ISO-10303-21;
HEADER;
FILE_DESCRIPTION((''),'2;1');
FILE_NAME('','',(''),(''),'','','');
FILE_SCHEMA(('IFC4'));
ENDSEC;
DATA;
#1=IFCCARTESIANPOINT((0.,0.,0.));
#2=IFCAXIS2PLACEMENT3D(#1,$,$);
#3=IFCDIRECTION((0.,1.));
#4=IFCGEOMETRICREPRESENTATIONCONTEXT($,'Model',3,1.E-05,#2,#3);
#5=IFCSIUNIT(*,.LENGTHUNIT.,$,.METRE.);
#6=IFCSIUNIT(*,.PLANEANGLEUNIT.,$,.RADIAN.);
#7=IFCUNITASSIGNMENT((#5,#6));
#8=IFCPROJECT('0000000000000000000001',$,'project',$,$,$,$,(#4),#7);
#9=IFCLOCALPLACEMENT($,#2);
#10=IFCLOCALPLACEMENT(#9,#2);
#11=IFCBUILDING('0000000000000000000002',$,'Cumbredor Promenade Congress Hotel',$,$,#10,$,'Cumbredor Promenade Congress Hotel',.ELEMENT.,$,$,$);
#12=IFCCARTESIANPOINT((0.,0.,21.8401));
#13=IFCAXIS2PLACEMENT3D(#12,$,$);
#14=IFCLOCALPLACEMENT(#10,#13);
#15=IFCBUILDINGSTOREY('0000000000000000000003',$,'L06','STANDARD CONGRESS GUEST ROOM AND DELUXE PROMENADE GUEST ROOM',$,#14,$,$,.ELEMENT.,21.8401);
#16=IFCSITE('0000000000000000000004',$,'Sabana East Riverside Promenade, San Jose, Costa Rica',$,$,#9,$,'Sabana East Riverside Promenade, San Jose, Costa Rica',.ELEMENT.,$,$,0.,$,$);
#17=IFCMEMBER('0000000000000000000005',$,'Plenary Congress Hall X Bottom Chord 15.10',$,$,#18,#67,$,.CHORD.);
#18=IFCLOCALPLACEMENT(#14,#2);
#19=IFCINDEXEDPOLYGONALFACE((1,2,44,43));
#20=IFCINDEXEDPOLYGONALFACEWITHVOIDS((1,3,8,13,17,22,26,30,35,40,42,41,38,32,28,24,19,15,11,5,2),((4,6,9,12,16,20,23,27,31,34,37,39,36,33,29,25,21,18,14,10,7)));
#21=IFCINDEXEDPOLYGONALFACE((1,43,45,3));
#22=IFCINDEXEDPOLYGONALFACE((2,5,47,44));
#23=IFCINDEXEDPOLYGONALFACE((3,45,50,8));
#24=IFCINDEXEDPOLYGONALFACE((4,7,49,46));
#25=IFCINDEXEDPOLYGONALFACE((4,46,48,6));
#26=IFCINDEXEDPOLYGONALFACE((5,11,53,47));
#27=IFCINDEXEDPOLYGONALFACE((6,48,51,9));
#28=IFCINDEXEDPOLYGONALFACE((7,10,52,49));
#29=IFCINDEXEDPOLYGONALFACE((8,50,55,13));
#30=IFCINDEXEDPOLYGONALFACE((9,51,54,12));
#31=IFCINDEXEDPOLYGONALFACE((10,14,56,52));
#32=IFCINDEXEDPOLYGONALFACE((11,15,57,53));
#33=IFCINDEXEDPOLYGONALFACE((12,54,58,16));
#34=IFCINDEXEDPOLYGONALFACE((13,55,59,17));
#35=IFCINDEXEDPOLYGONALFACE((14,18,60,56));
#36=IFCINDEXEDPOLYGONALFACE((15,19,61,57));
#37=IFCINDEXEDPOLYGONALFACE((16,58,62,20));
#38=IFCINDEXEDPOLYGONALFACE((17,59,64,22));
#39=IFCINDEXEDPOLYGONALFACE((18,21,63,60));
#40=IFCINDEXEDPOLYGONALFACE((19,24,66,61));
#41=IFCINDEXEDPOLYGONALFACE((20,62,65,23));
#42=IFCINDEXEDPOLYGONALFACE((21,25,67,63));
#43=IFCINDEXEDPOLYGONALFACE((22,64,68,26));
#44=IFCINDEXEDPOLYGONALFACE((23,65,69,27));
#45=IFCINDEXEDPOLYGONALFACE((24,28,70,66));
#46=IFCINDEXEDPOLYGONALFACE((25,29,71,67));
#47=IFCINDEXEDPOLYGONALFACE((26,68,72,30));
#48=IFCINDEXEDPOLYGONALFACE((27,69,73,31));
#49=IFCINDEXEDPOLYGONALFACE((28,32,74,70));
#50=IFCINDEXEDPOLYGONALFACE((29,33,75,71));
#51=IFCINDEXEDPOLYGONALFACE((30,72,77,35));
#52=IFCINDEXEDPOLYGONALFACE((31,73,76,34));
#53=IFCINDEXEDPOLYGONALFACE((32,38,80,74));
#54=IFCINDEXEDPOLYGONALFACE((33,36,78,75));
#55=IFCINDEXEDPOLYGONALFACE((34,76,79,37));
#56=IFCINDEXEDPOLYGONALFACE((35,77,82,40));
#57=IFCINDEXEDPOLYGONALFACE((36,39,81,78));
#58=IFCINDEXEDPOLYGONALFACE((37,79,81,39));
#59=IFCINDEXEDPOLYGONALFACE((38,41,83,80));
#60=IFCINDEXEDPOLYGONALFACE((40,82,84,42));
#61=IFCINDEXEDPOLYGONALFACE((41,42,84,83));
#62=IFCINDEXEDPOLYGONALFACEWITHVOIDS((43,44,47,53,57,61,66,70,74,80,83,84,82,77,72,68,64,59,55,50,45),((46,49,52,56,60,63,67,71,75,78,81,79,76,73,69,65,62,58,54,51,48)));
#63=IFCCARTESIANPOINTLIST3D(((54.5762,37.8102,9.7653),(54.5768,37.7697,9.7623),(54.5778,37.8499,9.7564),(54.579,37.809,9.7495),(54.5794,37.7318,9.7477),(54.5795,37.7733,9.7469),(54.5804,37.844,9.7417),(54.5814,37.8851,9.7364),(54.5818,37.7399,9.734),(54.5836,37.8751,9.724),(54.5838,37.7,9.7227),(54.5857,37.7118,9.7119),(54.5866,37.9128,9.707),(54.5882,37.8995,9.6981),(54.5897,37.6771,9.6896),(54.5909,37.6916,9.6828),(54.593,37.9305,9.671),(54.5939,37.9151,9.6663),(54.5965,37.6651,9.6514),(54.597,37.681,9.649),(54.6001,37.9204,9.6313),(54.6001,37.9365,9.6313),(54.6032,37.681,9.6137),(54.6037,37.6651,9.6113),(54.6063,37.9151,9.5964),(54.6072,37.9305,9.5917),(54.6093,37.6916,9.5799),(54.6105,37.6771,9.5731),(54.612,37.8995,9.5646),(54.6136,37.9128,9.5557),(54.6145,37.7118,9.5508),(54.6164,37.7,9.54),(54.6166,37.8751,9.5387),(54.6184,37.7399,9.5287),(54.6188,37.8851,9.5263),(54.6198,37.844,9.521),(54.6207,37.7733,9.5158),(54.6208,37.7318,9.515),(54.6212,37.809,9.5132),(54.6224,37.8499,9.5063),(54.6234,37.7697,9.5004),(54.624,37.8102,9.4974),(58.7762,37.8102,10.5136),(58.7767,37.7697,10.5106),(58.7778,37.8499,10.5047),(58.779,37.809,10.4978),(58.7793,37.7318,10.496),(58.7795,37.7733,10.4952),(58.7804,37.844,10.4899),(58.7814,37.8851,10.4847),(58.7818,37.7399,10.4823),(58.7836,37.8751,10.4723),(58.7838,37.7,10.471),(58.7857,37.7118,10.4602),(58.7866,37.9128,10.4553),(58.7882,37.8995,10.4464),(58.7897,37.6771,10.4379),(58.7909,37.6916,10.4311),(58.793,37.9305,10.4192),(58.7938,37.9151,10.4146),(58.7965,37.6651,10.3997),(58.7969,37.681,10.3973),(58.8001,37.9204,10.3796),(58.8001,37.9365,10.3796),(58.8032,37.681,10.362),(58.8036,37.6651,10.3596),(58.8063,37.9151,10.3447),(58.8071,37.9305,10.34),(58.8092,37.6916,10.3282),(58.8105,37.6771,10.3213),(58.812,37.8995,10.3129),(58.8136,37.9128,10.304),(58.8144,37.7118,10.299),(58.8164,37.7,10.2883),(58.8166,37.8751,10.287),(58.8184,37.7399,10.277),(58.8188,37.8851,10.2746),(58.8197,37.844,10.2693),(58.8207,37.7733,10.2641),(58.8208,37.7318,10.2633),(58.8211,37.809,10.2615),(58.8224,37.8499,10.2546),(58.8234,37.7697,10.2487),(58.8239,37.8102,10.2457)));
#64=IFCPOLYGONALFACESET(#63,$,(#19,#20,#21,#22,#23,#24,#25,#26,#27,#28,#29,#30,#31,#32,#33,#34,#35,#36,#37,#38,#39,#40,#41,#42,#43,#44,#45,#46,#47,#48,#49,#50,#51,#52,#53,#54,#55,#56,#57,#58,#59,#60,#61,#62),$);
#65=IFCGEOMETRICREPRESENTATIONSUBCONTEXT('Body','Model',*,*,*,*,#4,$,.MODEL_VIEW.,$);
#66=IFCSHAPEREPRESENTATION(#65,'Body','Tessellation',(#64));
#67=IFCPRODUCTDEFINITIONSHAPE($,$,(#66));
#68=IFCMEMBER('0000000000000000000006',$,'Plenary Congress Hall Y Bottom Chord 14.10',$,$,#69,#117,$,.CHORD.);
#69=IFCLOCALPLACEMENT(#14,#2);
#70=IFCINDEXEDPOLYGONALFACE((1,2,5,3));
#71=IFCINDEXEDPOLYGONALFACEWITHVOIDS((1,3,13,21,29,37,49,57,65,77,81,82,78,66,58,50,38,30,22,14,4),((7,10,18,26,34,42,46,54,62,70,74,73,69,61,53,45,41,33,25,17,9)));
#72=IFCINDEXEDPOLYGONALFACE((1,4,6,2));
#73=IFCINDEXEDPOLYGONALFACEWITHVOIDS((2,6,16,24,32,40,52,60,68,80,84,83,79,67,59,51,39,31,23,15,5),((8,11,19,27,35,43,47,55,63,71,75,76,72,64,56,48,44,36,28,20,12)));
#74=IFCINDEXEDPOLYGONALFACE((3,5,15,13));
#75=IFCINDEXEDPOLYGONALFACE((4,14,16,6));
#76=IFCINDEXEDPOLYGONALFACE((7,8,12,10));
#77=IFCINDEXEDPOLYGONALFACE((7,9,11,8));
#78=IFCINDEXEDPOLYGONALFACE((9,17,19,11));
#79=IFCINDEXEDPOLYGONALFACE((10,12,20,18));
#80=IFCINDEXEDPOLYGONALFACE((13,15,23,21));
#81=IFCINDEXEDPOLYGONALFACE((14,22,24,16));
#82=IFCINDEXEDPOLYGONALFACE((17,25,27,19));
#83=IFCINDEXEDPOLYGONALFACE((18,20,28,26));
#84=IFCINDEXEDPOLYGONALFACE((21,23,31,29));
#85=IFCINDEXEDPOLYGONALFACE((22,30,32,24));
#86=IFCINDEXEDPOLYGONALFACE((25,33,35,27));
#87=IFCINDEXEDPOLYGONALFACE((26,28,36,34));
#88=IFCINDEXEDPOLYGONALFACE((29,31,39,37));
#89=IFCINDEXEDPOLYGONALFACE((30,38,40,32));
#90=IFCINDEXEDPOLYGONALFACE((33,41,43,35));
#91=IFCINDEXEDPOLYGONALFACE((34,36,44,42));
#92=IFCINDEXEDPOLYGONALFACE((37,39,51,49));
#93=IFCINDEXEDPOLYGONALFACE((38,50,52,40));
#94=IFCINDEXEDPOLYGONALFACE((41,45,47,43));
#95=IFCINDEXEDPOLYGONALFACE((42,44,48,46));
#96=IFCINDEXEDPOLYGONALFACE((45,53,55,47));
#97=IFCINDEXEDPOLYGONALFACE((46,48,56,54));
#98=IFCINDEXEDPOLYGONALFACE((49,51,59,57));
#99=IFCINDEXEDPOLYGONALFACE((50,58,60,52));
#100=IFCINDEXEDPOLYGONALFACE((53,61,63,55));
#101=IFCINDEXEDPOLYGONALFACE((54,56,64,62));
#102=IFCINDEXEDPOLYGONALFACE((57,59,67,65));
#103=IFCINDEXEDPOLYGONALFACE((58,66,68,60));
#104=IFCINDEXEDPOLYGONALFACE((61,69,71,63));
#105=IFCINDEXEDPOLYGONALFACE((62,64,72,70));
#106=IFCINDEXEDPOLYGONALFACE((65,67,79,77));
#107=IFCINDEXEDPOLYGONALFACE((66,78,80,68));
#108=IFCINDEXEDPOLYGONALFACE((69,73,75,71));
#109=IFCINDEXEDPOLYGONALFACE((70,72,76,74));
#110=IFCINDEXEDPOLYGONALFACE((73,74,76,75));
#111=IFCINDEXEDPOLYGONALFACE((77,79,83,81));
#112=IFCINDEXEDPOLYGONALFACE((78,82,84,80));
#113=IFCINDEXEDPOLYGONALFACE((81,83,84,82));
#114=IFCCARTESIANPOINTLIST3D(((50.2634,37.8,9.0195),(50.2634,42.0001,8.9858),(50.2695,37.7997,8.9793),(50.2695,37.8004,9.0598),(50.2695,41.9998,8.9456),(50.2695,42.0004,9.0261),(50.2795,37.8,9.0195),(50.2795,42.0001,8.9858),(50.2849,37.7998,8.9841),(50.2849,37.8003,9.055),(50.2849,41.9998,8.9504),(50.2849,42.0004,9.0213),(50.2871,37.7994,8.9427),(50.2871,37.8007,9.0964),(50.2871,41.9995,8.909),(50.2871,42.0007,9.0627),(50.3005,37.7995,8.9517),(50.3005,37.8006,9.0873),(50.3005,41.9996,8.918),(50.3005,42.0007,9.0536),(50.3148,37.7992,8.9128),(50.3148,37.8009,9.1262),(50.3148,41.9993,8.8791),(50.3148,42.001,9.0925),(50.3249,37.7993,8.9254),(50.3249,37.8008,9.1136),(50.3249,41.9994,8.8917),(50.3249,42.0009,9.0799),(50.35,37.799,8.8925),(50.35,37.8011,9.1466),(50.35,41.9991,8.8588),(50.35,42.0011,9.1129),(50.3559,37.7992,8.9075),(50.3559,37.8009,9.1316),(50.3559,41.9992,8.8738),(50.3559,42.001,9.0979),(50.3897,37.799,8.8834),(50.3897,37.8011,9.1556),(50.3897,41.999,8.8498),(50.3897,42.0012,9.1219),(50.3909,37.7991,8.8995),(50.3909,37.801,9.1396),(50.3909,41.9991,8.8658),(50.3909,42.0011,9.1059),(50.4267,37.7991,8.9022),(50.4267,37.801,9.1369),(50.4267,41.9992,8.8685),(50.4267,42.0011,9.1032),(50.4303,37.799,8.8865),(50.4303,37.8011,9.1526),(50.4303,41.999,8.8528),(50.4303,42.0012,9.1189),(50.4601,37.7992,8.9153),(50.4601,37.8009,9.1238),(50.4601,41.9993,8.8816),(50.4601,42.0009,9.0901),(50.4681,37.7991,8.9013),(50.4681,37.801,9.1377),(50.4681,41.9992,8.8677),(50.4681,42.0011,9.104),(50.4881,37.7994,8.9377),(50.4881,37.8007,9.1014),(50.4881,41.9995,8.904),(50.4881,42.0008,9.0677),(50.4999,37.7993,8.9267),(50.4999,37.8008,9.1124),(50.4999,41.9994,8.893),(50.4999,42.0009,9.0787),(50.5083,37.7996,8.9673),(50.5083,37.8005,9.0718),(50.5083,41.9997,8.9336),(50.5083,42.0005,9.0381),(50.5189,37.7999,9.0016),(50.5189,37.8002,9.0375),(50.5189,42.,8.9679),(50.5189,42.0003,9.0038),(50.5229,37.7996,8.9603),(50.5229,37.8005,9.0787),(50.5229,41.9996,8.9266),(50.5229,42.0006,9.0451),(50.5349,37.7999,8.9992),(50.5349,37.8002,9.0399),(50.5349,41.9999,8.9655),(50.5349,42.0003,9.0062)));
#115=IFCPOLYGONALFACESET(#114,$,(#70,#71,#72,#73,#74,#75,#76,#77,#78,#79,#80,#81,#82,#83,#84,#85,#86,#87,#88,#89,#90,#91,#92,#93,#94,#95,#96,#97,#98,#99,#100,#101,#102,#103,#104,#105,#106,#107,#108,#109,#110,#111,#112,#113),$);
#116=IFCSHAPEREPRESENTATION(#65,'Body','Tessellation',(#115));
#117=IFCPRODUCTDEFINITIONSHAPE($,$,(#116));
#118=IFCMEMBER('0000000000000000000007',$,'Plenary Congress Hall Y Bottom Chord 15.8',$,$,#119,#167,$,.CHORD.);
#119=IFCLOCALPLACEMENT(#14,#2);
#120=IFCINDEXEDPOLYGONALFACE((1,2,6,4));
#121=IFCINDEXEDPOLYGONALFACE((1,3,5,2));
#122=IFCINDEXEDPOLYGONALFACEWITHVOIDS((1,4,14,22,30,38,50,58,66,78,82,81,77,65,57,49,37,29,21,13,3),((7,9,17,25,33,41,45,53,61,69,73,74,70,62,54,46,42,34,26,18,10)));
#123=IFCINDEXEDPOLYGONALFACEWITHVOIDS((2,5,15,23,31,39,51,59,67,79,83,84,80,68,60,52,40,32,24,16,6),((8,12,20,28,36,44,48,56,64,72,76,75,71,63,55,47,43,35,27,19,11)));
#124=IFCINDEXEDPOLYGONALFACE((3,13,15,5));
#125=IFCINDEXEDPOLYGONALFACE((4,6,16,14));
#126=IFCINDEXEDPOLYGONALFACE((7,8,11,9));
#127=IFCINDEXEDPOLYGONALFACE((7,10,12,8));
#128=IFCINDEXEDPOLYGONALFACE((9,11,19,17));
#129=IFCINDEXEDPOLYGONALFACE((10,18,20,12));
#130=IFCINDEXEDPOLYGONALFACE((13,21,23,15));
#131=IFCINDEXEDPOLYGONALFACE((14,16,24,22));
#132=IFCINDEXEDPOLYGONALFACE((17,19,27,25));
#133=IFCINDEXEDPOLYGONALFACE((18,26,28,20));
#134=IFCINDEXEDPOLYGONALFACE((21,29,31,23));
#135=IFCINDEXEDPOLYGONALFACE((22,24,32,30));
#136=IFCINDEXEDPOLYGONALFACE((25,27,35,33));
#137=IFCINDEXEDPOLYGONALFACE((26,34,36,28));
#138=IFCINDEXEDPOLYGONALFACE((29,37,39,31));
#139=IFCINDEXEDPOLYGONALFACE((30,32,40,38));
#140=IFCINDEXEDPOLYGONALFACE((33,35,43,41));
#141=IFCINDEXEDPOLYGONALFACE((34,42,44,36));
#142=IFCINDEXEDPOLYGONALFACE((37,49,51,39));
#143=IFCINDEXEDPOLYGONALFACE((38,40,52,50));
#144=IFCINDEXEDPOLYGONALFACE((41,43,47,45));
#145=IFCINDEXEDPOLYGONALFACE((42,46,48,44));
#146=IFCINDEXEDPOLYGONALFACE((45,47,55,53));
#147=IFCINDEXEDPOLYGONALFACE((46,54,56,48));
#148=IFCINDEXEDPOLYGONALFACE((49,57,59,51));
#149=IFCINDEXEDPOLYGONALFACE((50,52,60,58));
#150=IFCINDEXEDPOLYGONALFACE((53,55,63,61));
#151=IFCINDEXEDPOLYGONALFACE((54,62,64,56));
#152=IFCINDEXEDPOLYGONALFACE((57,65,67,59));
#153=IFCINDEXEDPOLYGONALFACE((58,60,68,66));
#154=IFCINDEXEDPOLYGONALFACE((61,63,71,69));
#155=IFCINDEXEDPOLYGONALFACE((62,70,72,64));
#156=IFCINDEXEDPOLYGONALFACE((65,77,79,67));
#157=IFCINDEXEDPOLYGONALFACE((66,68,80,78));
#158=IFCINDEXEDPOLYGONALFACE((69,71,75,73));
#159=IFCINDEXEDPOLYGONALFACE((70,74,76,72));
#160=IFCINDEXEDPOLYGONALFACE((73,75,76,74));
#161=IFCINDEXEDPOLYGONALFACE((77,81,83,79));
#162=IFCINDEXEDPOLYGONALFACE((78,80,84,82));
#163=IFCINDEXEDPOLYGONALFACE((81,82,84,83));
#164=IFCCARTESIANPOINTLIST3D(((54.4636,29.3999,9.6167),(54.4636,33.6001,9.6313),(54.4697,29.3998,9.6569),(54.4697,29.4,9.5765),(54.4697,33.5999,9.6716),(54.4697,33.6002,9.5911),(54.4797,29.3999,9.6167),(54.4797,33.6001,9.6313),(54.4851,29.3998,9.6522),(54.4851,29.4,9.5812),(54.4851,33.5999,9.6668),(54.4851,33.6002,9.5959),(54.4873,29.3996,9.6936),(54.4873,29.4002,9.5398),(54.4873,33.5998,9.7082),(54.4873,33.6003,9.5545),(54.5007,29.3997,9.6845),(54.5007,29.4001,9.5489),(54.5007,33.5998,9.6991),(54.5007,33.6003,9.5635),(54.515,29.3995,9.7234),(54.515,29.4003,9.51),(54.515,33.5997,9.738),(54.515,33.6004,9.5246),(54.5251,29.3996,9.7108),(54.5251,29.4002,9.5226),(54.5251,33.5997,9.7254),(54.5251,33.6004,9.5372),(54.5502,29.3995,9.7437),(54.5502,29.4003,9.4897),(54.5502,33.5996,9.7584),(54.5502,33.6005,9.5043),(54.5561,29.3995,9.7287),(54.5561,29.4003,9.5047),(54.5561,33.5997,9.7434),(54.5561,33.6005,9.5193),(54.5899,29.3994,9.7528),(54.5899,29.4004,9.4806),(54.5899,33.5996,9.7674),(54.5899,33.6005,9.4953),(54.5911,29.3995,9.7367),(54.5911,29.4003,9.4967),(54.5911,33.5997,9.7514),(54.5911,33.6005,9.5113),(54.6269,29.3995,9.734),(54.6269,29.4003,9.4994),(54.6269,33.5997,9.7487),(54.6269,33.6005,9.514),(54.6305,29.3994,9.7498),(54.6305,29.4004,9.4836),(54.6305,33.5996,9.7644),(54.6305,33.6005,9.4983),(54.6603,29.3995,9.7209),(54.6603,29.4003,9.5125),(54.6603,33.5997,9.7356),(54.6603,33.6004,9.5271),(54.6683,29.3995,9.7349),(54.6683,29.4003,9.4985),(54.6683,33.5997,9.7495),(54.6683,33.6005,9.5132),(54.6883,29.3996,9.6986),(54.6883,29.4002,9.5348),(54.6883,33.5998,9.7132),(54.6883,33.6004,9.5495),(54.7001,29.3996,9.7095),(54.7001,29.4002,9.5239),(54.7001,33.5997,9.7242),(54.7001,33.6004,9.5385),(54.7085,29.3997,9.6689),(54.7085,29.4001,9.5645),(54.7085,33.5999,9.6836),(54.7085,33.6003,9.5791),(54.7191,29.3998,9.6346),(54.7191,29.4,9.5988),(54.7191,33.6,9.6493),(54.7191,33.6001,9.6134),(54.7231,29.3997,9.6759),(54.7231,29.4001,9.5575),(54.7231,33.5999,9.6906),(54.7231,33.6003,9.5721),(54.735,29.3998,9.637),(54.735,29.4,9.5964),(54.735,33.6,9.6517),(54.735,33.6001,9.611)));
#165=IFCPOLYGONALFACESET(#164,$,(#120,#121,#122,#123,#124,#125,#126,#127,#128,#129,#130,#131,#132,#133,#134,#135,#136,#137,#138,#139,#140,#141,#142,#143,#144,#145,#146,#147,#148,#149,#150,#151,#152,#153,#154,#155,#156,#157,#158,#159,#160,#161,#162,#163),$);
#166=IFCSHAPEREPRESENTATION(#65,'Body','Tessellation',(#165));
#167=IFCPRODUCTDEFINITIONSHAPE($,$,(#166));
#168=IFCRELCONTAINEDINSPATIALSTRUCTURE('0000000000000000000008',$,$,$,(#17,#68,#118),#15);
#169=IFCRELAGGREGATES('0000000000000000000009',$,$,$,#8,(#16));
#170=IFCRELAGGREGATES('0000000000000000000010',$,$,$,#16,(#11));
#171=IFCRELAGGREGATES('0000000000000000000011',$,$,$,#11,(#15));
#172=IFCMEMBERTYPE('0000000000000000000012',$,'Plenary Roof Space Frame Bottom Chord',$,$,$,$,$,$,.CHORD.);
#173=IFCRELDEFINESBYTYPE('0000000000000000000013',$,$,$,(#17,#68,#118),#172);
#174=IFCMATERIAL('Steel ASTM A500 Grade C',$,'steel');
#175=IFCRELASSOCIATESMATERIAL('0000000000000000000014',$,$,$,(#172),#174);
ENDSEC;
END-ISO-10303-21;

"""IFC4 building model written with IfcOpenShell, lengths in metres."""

from ifc_helpers import new_model, si_unit, direction, frame, origin, origin_2d, place, context, subcontext, project, spatial, hollow_circle, extrude, material, material_profile, profile_set, type_object, element, save


model = new_model("IFC4")

# Units and contexts
model_context = context("Model", 3, precision=1e-05, world=origin(), true_north=direction((0.0, 1.0)))
body_context = subcontext(model_context, "Body", "Model", "MODEL_VIEW")
ifc_project = project(units=[si_unit("LENGTHUNIT", "METRE"), si_unit("PLANEANGLEUNIT", "RADIAN")], contexts=[model_context])

# Site, building, storey
site_placement = place(None, origin())
site = spatial("IfcSite", under=ifc_project, at=site_placement, Name="Sabana East Riverside Promenade, San Jose, Costa Rica", LongName="Sabana East Riverside Promenade, San Jose, Costa Rica", CompositionType="ELEMENT", RefElevation=0.0)
building_placement = place(site_placement, origin())
building = spatial("IfcBuilding", under=site, at=building_placement, Name="Cumbredor Promenade Congress Hotel", LongName="Cumbredor Promenade Congress Hotel", CompositionType="ELEMENT")
storey_placement = place(building_placement, frame((0.0, 0.0, 21.8401)))
storey = spatial("IfcBuildingStorey", under=building, at=storey_placement, Name="L06", Description="STANDARD CONGRESS GUEST ROOM AND DELUXE PROMENADE GUEST ROOM", CompositionType="ELEMENT", Elevation=21.8401)

# Members
ifc_material_1 = material(Name="Steel ASTM A500 Grade C", Category="steel")
ifc_material_profile_1 = material_profile(ifc_material_1, hollow_circle(Radius=0.1365, WallThickness=0.0161, at=origin_2d()), Name="CHS 273.0x16")
ifc_profile_set_1 = profile_set([ifc_material_profile_1], Name="Steel ASTM A500 Grade C")
member_type_1 = type_object("IfcMemberType", Name="Plenary Roof Space Frame Bottom Chord", PredefinedType="CHORD", material=ifc_profile_set_1)
member_1_placement = place(storey_placement, frame((54.6001, 37.8, 9.6313), z_axis=(0.984496, 0.0, 0.175404), x_axis=(0.0, 1.0, 0.0)))
element("IfcMember", 1, at=member_1_placement, inside=storey, type_object=member_type_1, Name="Plenary Congress Hall X Bottom Chord 15.10", PredefinedType="CHORD", context=body_context, shape_type="SweptSolid", body=[
    extrude(hollow_circle(Radius=0.1365, WallThickness=0.0161, at=origin_2d()), origin(), (0.0, 0.0, 1.0), 4.2661),
])
for number, where, z_axis, x_axis, name in (
    (2, (50.3999, 37.8, 9.0195), (0.0, 0.999968, -0.008022), (-1.0, 0.0, 0.0), "Plenary Congress Hall Y Bottom Chord 14.10"),
    (3, (54.6001, 29.3999, 9.6167), (0.0, 0.999994, 0.003488), (-1.0, 0.0, 0.0), "Plenary Congress Hall Y Bottom Chord 15.8"),
):
    element("IfcMember", number, at=place(storey_placement, frame(where, z_axis=z_axis, x_axis=x_axis)), inside=storey, type_object=member_type_1, Name=name, PredefinedType="CHORD", context=body_context, shape_type="SweptSolid", body=[
        extrude(hollow_circle(Radius=0.1365, WallThickness=0.0161, at=origin_2d()), origin(), (0.0, 0.0, 1.0), 4.2002),
    ])

save(model, "model.ifc")
